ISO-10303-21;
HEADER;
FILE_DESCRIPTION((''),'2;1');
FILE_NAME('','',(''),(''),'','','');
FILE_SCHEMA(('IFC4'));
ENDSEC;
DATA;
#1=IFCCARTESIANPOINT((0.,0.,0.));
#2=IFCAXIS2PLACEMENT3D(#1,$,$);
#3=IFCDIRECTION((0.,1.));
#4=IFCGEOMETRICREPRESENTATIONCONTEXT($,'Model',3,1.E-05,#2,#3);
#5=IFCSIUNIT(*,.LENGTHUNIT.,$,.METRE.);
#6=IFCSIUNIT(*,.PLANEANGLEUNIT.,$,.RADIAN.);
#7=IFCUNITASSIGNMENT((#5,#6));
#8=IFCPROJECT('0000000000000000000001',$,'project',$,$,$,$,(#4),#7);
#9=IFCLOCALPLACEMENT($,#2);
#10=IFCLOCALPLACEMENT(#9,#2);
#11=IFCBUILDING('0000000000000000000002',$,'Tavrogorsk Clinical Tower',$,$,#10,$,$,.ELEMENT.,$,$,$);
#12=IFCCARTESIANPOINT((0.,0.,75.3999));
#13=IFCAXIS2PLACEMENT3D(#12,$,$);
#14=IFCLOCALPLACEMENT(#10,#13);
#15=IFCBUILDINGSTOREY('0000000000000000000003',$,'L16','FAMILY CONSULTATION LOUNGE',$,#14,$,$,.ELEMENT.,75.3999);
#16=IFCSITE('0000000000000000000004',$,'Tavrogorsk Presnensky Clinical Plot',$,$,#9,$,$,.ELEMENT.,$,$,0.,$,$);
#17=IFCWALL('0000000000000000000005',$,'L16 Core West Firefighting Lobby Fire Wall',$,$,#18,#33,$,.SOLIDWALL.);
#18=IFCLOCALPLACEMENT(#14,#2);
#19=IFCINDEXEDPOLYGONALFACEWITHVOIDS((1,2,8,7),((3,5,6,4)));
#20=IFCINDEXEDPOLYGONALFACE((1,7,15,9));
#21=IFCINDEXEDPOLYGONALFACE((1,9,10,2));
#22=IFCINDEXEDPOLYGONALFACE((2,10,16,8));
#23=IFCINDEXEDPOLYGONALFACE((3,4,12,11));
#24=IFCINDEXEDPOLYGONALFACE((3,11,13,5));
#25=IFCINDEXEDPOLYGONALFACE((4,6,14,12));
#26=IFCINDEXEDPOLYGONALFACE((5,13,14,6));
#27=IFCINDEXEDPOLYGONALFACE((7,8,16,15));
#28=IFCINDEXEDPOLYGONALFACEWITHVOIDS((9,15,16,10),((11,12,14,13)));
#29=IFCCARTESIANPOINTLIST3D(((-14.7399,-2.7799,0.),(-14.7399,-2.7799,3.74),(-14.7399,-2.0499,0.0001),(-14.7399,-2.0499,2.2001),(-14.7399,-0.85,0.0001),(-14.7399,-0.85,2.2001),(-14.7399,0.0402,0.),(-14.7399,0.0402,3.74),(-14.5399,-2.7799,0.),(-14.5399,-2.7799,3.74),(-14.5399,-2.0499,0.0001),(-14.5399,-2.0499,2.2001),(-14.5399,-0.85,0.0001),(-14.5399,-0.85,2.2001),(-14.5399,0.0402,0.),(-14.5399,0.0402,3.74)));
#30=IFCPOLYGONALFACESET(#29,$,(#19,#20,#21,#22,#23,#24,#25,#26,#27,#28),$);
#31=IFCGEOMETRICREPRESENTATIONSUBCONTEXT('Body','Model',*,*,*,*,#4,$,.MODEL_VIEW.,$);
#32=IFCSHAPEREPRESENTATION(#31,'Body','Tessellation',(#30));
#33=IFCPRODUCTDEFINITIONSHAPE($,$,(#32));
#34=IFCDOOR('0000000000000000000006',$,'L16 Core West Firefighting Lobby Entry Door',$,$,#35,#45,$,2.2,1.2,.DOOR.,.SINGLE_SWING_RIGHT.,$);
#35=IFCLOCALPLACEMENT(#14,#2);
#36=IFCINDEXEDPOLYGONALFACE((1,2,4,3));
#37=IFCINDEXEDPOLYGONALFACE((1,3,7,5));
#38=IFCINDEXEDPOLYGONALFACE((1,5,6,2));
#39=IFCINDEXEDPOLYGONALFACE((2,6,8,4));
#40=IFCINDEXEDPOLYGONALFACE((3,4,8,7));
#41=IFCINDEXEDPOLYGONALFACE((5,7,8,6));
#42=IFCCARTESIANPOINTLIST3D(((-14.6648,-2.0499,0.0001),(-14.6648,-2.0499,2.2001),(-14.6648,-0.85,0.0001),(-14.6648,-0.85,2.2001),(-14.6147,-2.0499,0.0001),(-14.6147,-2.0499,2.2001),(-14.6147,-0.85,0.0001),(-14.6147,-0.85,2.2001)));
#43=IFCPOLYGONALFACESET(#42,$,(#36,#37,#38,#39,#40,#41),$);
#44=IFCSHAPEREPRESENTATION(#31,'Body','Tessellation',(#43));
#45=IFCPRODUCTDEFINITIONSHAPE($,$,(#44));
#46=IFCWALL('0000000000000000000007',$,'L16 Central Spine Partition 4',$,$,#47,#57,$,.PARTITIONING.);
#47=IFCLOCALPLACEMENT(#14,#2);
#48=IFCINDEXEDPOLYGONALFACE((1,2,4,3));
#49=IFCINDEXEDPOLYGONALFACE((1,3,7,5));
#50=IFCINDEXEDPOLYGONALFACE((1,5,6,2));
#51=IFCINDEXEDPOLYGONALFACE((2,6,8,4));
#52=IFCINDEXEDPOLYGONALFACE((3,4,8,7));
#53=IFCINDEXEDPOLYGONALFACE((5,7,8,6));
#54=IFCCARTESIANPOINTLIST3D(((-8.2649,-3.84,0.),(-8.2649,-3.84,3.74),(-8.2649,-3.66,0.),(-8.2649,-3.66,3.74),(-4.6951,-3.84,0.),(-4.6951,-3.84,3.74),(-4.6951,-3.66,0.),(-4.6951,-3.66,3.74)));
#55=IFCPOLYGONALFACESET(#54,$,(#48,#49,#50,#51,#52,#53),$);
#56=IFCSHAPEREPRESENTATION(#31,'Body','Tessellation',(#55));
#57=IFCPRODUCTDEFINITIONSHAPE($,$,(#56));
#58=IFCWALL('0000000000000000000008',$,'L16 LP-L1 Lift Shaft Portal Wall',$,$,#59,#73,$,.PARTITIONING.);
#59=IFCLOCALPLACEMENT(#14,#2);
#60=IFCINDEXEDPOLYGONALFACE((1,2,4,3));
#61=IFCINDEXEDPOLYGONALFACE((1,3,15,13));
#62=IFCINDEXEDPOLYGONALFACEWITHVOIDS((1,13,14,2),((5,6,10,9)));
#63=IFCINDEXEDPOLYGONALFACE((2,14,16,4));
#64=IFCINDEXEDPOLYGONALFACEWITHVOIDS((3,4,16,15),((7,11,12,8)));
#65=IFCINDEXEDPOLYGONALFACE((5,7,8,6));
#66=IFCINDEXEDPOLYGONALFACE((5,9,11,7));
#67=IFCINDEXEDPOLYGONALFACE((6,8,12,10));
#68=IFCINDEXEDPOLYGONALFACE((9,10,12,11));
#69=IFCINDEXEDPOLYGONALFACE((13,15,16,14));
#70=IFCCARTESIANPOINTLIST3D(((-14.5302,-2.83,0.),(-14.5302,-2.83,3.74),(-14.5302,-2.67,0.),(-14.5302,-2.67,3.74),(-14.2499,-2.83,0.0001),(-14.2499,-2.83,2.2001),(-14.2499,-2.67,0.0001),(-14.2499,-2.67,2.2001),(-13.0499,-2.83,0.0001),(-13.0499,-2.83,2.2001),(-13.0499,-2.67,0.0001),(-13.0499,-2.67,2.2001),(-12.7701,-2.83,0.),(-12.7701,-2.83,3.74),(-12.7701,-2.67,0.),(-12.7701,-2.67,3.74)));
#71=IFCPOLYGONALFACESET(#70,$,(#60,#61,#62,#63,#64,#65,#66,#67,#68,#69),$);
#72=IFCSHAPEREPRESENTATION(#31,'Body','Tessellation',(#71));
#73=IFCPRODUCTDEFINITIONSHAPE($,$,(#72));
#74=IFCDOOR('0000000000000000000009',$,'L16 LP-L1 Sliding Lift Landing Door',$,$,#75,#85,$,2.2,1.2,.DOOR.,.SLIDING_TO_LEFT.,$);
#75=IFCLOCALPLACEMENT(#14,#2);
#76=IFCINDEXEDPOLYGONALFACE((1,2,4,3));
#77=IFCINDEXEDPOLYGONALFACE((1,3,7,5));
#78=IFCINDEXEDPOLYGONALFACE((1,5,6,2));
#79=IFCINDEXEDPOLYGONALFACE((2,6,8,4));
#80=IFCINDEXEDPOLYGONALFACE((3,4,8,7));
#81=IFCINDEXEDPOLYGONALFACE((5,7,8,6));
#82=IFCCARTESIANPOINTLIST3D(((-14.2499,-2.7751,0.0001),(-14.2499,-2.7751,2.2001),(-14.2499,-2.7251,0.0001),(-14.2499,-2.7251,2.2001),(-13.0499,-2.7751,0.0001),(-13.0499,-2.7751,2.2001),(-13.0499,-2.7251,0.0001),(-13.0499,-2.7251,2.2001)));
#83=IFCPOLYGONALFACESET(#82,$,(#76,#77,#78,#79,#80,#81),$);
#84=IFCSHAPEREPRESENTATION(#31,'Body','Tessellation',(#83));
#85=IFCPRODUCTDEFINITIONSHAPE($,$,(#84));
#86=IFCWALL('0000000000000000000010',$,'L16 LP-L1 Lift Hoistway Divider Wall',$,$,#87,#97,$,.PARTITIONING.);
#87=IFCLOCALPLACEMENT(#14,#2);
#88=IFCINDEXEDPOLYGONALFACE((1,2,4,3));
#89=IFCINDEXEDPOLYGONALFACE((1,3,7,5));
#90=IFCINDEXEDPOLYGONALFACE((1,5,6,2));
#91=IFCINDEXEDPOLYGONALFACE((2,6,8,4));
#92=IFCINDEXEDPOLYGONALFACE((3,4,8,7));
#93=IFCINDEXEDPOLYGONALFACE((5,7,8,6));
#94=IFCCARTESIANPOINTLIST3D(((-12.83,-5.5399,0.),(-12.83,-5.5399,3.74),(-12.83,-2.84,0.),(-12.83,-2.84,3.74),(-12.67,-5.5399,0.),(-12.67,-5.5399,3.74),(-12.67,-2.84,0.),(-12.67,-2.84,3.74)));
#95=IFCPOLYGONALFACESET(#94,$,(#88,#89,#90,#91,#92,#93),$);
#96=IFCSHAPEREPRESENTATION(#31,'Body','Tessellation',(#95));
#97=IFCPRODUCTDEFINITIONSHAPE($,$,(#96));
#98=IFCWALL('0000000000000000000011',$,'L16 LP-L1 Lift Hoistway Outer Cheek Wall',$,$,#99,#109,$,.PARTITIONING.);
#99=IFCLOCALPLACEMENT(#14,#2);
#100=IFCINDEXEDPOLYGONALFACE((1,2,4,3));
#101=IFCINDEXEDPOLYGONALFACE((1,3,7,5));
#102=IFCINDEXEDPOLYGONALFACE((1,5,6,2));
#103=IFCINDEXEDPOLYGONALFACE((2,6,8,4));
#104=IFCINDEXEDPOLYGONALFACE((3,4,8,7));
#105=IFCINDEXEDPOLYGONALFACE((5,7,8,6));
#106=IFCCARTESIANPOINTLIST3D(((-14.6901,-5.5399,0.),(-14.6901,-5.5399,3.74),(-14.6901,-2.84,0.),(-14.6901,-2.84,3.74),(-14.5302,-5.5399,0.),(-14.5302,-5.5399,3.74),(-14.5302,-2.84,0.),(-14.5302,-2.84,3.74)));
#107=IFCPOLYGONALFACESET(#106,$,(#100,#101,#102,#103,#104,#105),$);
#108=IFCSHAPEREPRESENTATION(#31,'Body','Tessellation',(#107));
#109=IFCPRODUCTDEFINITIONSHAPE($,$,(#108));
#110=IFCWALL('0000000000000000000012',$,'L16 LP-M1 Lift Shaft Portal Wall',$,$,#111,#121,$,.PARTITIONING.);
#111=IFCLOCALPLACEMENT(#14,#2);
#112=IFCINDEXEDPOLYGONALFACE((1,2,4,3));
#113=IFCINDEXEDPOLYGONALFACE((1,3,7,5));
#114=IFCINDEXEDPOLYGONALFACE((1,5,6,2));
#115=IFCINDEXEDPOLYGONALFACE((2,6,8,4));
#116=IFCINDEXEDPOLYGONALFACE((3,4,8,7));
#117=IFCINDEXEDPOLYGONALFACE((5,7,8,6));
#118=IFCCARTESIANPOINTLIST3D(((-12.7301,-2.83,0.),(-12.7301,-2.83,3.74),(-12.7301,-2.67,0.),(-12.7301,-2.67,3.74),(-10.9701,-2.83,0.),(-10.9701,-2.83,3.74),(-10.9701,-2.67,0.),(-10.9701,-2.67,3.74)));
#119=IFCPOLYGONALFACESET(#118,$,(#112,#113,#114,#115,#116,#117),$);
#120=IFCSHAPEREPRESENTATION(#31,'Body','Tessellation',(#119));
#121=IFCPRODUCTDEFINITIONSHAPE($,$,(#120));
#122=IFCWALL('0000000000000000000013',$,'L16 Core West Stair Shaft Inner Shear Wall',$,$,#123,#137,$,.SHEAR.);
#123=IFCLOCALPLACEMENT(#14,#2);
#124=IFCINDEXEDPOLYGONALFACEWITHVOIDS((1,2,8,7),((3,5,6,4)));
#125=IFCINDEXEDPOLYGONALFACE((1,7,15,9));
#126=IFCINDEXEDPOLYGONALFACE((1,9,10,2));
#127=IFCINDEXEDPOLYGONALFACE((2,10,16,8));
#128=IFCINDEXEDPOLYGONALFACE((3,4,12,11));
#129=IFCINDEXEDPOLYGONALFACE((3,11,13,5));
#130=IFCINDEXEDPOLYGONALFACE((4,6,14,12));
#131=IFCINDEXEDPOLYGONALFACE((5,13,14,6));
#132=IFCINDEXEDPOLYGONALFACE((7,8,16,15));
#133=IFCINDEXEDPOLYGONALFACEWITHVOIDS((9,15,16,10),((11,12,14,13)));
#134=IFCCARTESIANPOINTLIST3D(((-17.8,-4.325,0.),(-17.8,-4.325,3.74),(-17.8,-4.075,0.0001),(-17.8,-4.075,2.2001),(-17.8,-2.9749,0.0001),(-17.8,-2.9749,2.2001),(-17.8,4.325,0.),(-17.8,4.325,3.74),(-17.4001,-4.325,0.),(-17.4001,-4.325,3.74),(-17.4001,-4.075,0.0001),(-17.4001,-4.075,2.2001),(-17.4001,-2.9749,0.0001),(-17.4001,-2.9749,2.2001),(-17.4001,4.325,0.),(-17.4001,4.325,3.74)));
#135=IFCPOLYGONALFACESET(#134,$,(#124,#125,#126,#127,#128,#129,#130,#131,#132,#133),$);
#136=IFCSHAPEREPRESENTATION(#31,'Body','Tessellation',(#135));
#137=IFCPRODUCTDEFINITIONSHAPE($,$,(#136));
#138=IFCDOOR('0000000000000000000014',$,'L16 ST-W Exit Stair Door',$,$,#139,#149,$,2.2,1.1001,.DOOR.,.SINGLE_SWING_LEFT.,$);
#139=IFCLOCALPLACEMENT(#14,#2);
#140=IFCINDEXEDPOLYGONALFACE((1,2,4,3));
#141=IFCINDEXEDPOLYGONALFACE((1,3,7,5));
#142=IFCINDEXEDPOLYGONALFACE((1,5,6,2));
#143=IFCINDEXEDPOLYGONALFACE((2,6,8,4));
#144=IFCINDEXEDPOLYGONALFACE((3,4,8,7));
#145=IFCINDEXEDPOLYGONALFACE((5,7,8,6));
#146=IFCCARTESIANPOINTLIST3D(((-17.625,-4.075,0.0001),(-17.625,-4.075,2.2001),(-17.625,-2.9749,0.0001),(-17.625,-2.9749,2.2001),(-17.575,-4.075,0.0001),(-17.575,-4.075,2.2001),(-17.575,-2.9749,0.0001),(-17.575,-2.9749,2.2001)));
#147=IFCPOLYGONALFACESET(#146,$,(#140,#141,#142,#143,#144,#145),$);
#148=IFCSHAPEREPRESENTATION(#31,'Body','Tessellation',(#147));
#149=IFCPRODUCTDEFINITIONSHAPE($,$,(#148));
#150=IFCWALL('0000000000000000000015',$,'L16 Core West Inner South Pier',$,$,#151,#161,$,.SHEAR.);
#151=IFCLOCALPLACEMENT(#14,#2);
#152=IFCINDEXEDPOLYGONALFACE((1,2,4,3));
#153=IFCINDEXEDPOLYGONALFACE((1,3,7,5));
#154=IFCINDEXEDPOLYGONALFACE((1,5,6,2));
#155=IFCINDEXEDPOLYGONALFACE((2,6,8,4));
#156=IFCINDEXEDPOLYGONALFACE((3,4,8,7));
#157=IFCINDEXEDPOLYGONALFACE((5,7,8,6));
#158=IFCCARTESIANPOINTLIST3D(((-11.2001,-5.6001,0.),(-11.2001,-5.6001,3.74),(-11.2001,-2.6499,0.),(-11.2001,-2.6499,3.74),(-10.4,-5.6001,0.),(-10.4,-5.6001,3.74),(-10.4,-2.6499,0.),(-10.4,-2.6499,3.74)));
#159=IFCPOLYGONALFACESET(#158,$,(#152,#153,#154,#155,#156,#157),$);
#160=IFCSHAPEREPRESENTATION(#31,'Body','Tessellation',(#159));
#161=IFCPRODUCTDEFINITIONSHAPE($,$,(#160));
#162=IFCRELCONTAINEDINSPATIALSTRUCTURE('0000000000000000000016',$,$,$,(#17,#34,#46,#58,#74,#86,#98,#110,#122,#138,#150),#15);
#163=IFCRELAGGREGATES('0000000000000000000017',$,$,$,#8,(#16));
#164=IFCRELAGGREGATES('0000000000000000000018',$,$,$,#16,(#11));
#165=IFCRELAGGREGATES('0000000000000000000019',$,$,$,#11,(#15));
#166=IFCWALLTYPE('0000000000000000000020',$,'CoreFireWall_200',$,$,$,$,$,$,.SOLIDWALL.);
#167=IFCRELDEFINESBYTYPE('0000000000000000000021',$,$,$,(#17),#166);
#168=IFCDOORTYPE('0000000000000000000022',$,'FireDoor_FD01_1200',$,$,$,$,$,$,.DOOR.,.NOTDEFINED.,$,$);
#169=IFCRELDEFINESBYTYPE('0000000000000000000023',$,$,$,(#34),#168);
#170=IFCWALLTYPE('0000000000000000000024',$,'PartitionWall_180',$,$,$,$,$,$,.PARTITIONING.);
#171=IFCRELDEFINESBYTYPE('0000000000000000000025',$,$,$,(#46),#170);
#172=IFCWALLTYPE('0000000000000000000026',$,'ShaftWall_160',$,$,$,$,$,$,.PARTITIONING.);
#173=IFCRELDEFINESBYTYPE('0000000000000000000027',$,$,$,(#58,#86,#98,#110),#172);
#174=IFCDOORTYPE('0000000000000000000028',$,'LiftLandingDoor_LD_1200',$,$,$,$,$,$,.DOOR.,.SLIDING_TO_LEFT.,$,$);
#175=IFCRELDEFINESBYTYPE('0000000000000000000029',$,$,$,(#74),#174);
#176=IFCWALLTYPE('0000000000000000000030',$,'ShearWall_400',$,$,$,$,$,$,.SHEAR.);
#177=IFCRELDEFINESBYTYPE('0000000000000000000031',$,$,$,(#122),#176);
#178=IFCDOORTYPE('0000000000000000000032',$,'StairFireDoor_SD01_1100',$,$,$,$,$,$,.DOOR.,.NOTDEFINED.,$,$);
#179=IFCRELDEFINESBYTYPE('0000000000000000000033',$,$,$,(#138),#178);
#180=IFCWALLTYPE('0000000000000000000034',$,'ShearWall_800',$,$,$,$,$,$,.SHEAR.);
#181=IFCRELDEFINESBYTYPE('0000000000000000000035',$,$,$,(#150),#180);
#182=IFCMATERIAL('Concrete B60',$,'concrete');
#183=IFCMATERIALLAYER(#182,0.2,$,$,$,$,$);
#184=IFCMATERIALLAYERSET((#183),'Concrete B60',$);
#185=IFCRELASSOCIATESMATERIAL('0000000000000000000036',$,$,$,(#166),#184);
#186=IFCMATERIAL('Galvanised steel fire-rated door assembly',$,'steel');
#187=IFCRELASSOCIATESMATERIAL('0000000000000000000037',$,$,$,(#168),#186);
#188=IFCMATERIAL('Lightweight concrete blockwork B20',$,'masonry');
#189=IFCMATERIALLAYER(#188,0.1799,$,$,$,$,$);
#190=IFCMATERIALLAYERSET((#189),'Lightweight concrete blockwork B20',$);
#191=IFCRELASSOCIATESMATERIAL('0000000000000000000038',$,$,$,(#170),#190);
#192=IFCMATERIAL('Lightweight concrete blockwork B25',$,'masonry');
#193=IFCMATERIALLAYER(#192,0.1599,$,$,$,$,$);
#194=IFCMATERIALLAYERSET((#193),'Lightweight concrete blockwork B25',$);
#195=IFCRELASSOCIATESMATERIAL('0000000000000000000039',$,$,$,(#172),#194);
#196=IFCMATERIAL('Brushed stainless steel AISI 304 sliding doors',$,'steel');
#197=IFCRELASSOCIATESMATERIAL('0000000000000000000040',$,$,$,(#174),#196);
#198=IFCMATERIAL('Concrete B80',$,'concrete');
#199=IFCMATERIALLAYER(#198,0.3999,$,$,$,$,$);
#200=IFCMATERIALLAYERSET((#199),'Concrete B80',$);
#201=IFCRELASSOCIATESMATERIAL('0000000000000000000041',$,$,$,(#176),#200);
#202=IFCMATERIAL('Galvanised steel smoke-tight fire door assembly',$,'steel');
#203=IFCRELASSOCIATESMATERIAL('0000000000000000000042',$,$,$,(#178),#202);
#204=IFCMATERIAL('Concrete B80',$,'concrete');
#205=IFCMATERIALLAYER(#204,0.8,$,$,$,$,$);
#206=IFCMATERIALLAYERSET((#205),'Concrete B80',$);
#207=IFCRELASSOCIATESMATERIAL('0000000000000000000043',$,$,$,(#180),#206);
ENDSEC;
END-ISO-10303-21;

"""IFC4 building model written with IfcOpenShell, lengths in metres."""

from ifc_helpers import new_model, si_unit, direction, frame, frame_2d, origin, place, context, subcontext, project, spatial, rectangle, extrude, material, layer, layer_set, type_object, element, fill, save


model = new_model("IFC4")

# Units and contexts
model_context = context("Model", 3, precision=1e-05, world=origin(), true_north=direction((0.0, 1.0)))
body_context = subcontext(model_context, "Body", "Model", "MODEL_VIEW")
ifc_project = project(units=[si_unit("LENGTHUNIT", "METRE"), si_unit("PLANEANGLEUNIT", "RADIAN")], contexts=[model_context])

# Site, building, storey
site_placement = place(None, origin())
site = spatial("IfcSite", under=ifc_project, at=site_placement, Name="Tavrogorsk Presnensky Clinical Plot", CompositionType="ELEMENT", RefElevation=0.0)
building_placement = place(site_placement, origin())
building = spatial("IfcBuilding", under=site, at=building_placement, Name="Tavrogorsk Clinical Tower", CompositionType="ELEMENT")
storey_placement = place(building_placement, frame((0.0, 0.0, 75.3999)))
storey = spatial("IfcBuildingStorey", under=building, at=storey_placement, Name="L16", Description="FAMILY CONSULTATION LOUNGE", CompositionType="ELEMENT", Elevation=75.3999)

# Wall, opening, door
ifc_material_1 = material(Name="Concrete B60", Category="concrete")
ifc_layer_1 = layer(ifc_material_1, 0.2)
ifc_layer_set_1 = layer_set([ifc_layer_1], Name="Concrete B60")
wall_type_1 = type_object("IfcWallType", Name="CoreFireWall_200", PredefinedType="SOLIDWALL", material=ifc_layer_set_1)
wall_1_placement = place(storey_placement, frame((-14.6399, -2.78, 0.0), z_axis=(0.0, 0.0, 1.0), x_axis=(0.0, 1.0, 0.0)))
wall_1 = element("IfcWall", 1, at=wall_1_placement, inside=storey, type_object=wall_type_1, Name="L16 Core West Firefighting Lobby Fire Wall", PredefinedType="SOLIDWALL", context=body_context, shape_type="SweptSolid", body=[
    extrude(rectangle(XDim=2.8201, YDim=0.2, at=frame_2d((1.4102, 0.0))), origin(), (0.0, 0.0, 1.0), 3.74),
])
opening_1_placement = place(wall_1_placement, frame((0.73, 0.0, 0.0)))
opening_1 = element("IfcOpeningElement", 2, at=opening_1_placement, cuts=wall_1, PredefinedType="OPENING", context=body_context, shape_type="SweptSolid", body=[
    extrude(rectangle(XDim=1.2, YDim=2.2, at=frame_2d((0.6001, 1.1001))), frame((0.0, 0.1099, 0.0), z_axis=(0.0, -1.0, 0.0), x_axis=(1.0, 0.0, 0.0)), (0.0, 0.0, 1.0), 0.22),
])
ifc_material_2 = material(Name="Galvanised steel fire-rated door assembly", Category="steel")
door_type_1 = type_object("IfcDoorType", Name="FireDoor_FD01_1200", OperationType="NOTDEFINED", PredefinedType="DOOR", material=ifc_material_2)
door_1_placement = place(opening_1_placement, origin())
door_1 = element("IfcDoor", 3, at=door_1_placement, inside=storey, type_object=door_type_1, Name="L16 Core West Firefighting Lobby Entry Door", OperationType="SINGLE_SWING_RIGHT", OverallHeight=2.2, OverallWidth=1.2, PredefinedType="DOOR", context=body_context, shape_type="SweptSolid", body=[
    extrude(rectangle(XDim=1.2, YDim=2.2, at=frame_2d((0.6001, 1.1001))), frame((0.0, 0.0249, 0.0), z_axis=(0.0, -1.0, 0.0), x_axis=(1.0, 0.0, 0.0)), (0.0, 0.0, 1.0), 0.05),
])
fill(opening_1, door_1)

# Wall
ifc_material_3 = material(Name="Lightweight concrete blockwork B20", Category="masonry")
ifc_layer_2 = layer(ifc_material_3, 0.1799)
ifc_layer_set_2 = layer_set([ifc_layer_2], Name="Lightweight concrete blockwork B20")
wall_type_2 = type_object("IfcWallType", Name="PartitionWall_180", PredefinedType="PARTITIONING", material=ifc_layer_set_2)
wall_2_placement = place(storey_placement, frame((-8.2649, -3.75, 0.0), z_axis=(0.0, 0.0, 1.0), x_axis=(1.0, 0.0, 0.0)))
element("IfcWall", 4, at=wall_2_placement, inside=storey, type_object=wall_type_2, Name="L16 Central Spine Partition 4", PredefinedType="PARTITIONING", context=body_context, shape_type="SweptSolid", body=[
    extrude(rectangle(XDim=3.5698, YDim=0.1799, at=frame_2d((1.7849, 0.0))), origin(), (0.0, 0.0, 1.0), 3.74),
])

# Wall, opening, door
ifc_material_4 = material(Name="Lightweight concrete blockwork B25", Category="masonry")
ifc_layer_3 = layer(ifc_material_4, 0.1599)
ifc_layer_set_3 = layer_set([ifc_layer_3], Name="Lightweight concrete blockwork B25")
wall_type_3 = type_object("IfcWallType", Name="ShaftWall_160", PredefinedType="PARTITIONING", material=ifc_layer_set_3)
wall_3_placement = place(storey_placement, frame((-14.53, -2.75, 0.0), z_axis=(0.0, 0.0, 1.0), x_axis=(1.0, 0.0, 0.0)))
wall_3 = element("IfcWall", 5, at=wall_3_placement, inside=storey, type_object=wall_type_3, Name="L16 LP-L1 Lift Shaft Portal Wall", PredefinedType="PARTITIONING", context=body_context, shape_type="SweptSolid", body=[
    extrude(rectangle(XDim=1.76, YDim=0.1599, at=frame_2d((0.8799, 0.0))), origin(), (0.0, 0.0, 1.0), 3.74),
])
opening_2_placement = place(wall_3_placement, frame((0.28, 0.0, 0.0)))
opening_2 = element("IfcOpeningElement", 6, at=opening_2_placement, cuts=wall_3, PredefinedType="OPENING", context=body_context, shape_type="SweptSolid", body=[
    extrude(rectangle(XDim=1.2, YDim=2.2, at=frame_2d((0.6001, 1.1001))), frame((0.0, 0.0898, 0.0), z_axis=(0.0, -1.0, 0.0), x_axis=(1.0, 0.0, 0.0)), (0.0, 0.0, 1.0), 0.1799),
])
ifc_material_5 = material(Name="Brushed stainless steel AISI 304 sliding doors", Category="steel")
door_type_2 = type_object("IfcDoorType", Name="LiftLandingDoor_LD_1200", OperationType="SLIDING_TO_LEFT", PredefinedType="DOOR", material=ifc_material_5)
door_2_placement = place(opening_2_placement, origin())
door_2 = element("IfcDoor", 7, at=door_2_placement, inside=storey, type_object=door_type_2, Name="L16 LP-L1 Sliding Lift Landing Door", OperationType="SLIDING_TO_LEFT", OverallHeight=2.2, OverallWidth=1.2, PredefinedType="DOOR", context=body_context, shape_type="SweptSolid", body=[
    extrude(rectangle(XDim=1.2, YDim=2.2, at=frame_2d((0.6001, 1.1001))), frame((0.0, 0.0249, 0.0), z_axis=(0.0, -1.0, 0.0), x_axis=(1.0, 0.0, 0.0)), (0.0, 0.0, 1.0), 0.05),
])
fill(opening_2, door_2)

# Walls
for number, where, z_axis, x_axis, name in (
    (8, (-12.75, -5.54, 0.0), (0.0, 0.0, 1.0), (0.0, 1.0, 0.0), "L16 LP-L1 Lift Hoistway Divider Wall"),
    (9, (-14.6101, -5.54, 0.0), (0.0, 0.0, 1.0), (0.0, 1.0, 0.0), "L16 LP-L1 Lift Hoistway Outer Cheek Wall"),
):
    element("IfcWall", number, at=place(storey_placement, frame(where, z_axis=z_axis, x_axis=x_axis)), inside=storey, type_object=wall_type_3, Name=name, PredefinedType="PARTITIONING", context=body_context, shape_type="SweptSolid", body=[
        extrude(rectangle(XDim=2.7, YDim=0.1599, at=frame_2d((1.3501, 0.0))), origin(), (0.0, 0.0, 1.0), 3.74),
    ])
wall_4_placement = place(storey_placement, frame((-12.73, -2.75, 0.0), z_axis=(0.0, 0.0, 1.0), x_axis=(1.0, 0.0, 0.0)))
element("IfcWall", 10, at=wall_4_placement, inside=storey, type_object=wall_type_3, Name="L16 LP-M1 Lift Shaft Portal Wall", PredefinedType="PARTITIONING", context=body_context, shape_type="SweptSolid", body=[
    extrude(rectangle(XDim=1.76, YDim=0.1599, at=frame_2d((0.8799, 0.0))), origin(), (0.0, 0.0, 1.0), 3.74),
])

# Wall, opening, door
ifc_material_6 = material(Name="Concrete B80", Category="concrete")
ifc_layer_4 = layer(ifc_material_6, 0.3999)
ifc_layer_set_4 = layer_set([ifc_layer_4], Name="Concrete B80")
wall_type_4 = type_object("IfcWallType", Name="ShearWall_400", PredefinedType="SHEAR", material=ifc_layer_set_4)
wall_5_placement = place(storey_placement, frame((-17.6001, -4.325, 0.0), z_axis=(0.0, 0.0, 1.0), x_axis=(0.0, 1.0, 0.0)))
wall_5 = element("IfcWall", 11, at=wall_5_placement, inside=storey, type_object=wall_type_4, Name="L16 Core West Stair Shaft Inner Shear Wall", PredefinedType="SHEAR", context=body_context, shape_type="SweptSolid", body=[
    extrude(rectangle(XDim=8.6499, YDim=0.3999, at=frame_2d((4.325, 0.0))), origin(), (0.0, 0.0, 1.0), 3.74),
])
opening_3_placement = place(wall_5_placement, frame((0.25, 0.0, 0.0)))
opening_3 = element("IfcOpeningElement", 12, at=opening_3_placement, cuts=wall_5, PredefinedType="OPENING", context=body_context, shape_type="SweptSolid", body=[
    extrude(rectangle(XDim=1.1001, YDim=2.2, at=frame_2d((0.55, 1.1001))), frame((0.0, 0.21, 0.0), z_axis=(0.0, -1.0, 0.0), x_axis=(1.0, 0.0, 0.0)), (0.0, 0.0, 1.0), 0.4199),
])
ifc_material_7 = material(Name="Galvanised steel smoke-tight fire door assembly", Category="steel")
door_type_3 = type_object("IfcDoorType", Name="StairFireDoor_SD01_1100", OperationType="NOTDEFINED", PredefinedType="DOOR", material=ifc_material_7)
door_3_placement = place(opening_3_placement, origin())
door_3 = element("IfcDoor", 13, at=door_3_placement, inside=storey, type_object=door_type_3, Name="L16 ST-W Exit Stair Door", OperationType="SINGLE_SWING_LEFT", OverallHeight=2.2, OverallWidth=1.1001, PredefinedType="DOOR", context=body_context, shape_type="SweptSolid", body=[
    extrude(rectangle(XDim=1.1001, YDim=2.2, at=frame_2d((0.55, 1.1001))), frame((0.0, 0.0249, 0.0), z_axis=(0.0, -1.0, 0.0), x_axis=(1.0, 0.0, 0.0)), (0.0, 0.0, 1.0), 0.05),
])
fill(opening_3, door_3)

# Wall
ifc_material_8 = material(Name="Concrete B80", Category="concrete")
ifc_layer_5 = layer(ifc_material_8, 0.8)
ifc_layer_set_5 = layer_set([ifc_layer_5], Name="Concrete B80")
wall_type_5 = type_object("IfcWallType", Name="ShearWall_800", PredefinedType="SHEAR", material=ifc_layer_set_5)
wall_6_placement = place(storey_placement, frame((-10.8, -5.6001, 0.0), z_axis=(0.0, 0.0, 1.0), x_axis=(0.0, 1.0, 0.0)))
element("IfcWall", 14, at=wall_6_placement, inside=storey, type_object=wall_type_5, Name="L16 Core West Inner South Pier", PredefinedType="SHEAR", context=body_context, shape_type="SweptSolid", body=[
    extrude(rectangle(XDim=2.9502, YDim=0.8, at=frame_2d((1.4751, 0.0))), origin(), (0.0, 0.0, 1.0), 3.74),
])

save(model, "model.ifc")
